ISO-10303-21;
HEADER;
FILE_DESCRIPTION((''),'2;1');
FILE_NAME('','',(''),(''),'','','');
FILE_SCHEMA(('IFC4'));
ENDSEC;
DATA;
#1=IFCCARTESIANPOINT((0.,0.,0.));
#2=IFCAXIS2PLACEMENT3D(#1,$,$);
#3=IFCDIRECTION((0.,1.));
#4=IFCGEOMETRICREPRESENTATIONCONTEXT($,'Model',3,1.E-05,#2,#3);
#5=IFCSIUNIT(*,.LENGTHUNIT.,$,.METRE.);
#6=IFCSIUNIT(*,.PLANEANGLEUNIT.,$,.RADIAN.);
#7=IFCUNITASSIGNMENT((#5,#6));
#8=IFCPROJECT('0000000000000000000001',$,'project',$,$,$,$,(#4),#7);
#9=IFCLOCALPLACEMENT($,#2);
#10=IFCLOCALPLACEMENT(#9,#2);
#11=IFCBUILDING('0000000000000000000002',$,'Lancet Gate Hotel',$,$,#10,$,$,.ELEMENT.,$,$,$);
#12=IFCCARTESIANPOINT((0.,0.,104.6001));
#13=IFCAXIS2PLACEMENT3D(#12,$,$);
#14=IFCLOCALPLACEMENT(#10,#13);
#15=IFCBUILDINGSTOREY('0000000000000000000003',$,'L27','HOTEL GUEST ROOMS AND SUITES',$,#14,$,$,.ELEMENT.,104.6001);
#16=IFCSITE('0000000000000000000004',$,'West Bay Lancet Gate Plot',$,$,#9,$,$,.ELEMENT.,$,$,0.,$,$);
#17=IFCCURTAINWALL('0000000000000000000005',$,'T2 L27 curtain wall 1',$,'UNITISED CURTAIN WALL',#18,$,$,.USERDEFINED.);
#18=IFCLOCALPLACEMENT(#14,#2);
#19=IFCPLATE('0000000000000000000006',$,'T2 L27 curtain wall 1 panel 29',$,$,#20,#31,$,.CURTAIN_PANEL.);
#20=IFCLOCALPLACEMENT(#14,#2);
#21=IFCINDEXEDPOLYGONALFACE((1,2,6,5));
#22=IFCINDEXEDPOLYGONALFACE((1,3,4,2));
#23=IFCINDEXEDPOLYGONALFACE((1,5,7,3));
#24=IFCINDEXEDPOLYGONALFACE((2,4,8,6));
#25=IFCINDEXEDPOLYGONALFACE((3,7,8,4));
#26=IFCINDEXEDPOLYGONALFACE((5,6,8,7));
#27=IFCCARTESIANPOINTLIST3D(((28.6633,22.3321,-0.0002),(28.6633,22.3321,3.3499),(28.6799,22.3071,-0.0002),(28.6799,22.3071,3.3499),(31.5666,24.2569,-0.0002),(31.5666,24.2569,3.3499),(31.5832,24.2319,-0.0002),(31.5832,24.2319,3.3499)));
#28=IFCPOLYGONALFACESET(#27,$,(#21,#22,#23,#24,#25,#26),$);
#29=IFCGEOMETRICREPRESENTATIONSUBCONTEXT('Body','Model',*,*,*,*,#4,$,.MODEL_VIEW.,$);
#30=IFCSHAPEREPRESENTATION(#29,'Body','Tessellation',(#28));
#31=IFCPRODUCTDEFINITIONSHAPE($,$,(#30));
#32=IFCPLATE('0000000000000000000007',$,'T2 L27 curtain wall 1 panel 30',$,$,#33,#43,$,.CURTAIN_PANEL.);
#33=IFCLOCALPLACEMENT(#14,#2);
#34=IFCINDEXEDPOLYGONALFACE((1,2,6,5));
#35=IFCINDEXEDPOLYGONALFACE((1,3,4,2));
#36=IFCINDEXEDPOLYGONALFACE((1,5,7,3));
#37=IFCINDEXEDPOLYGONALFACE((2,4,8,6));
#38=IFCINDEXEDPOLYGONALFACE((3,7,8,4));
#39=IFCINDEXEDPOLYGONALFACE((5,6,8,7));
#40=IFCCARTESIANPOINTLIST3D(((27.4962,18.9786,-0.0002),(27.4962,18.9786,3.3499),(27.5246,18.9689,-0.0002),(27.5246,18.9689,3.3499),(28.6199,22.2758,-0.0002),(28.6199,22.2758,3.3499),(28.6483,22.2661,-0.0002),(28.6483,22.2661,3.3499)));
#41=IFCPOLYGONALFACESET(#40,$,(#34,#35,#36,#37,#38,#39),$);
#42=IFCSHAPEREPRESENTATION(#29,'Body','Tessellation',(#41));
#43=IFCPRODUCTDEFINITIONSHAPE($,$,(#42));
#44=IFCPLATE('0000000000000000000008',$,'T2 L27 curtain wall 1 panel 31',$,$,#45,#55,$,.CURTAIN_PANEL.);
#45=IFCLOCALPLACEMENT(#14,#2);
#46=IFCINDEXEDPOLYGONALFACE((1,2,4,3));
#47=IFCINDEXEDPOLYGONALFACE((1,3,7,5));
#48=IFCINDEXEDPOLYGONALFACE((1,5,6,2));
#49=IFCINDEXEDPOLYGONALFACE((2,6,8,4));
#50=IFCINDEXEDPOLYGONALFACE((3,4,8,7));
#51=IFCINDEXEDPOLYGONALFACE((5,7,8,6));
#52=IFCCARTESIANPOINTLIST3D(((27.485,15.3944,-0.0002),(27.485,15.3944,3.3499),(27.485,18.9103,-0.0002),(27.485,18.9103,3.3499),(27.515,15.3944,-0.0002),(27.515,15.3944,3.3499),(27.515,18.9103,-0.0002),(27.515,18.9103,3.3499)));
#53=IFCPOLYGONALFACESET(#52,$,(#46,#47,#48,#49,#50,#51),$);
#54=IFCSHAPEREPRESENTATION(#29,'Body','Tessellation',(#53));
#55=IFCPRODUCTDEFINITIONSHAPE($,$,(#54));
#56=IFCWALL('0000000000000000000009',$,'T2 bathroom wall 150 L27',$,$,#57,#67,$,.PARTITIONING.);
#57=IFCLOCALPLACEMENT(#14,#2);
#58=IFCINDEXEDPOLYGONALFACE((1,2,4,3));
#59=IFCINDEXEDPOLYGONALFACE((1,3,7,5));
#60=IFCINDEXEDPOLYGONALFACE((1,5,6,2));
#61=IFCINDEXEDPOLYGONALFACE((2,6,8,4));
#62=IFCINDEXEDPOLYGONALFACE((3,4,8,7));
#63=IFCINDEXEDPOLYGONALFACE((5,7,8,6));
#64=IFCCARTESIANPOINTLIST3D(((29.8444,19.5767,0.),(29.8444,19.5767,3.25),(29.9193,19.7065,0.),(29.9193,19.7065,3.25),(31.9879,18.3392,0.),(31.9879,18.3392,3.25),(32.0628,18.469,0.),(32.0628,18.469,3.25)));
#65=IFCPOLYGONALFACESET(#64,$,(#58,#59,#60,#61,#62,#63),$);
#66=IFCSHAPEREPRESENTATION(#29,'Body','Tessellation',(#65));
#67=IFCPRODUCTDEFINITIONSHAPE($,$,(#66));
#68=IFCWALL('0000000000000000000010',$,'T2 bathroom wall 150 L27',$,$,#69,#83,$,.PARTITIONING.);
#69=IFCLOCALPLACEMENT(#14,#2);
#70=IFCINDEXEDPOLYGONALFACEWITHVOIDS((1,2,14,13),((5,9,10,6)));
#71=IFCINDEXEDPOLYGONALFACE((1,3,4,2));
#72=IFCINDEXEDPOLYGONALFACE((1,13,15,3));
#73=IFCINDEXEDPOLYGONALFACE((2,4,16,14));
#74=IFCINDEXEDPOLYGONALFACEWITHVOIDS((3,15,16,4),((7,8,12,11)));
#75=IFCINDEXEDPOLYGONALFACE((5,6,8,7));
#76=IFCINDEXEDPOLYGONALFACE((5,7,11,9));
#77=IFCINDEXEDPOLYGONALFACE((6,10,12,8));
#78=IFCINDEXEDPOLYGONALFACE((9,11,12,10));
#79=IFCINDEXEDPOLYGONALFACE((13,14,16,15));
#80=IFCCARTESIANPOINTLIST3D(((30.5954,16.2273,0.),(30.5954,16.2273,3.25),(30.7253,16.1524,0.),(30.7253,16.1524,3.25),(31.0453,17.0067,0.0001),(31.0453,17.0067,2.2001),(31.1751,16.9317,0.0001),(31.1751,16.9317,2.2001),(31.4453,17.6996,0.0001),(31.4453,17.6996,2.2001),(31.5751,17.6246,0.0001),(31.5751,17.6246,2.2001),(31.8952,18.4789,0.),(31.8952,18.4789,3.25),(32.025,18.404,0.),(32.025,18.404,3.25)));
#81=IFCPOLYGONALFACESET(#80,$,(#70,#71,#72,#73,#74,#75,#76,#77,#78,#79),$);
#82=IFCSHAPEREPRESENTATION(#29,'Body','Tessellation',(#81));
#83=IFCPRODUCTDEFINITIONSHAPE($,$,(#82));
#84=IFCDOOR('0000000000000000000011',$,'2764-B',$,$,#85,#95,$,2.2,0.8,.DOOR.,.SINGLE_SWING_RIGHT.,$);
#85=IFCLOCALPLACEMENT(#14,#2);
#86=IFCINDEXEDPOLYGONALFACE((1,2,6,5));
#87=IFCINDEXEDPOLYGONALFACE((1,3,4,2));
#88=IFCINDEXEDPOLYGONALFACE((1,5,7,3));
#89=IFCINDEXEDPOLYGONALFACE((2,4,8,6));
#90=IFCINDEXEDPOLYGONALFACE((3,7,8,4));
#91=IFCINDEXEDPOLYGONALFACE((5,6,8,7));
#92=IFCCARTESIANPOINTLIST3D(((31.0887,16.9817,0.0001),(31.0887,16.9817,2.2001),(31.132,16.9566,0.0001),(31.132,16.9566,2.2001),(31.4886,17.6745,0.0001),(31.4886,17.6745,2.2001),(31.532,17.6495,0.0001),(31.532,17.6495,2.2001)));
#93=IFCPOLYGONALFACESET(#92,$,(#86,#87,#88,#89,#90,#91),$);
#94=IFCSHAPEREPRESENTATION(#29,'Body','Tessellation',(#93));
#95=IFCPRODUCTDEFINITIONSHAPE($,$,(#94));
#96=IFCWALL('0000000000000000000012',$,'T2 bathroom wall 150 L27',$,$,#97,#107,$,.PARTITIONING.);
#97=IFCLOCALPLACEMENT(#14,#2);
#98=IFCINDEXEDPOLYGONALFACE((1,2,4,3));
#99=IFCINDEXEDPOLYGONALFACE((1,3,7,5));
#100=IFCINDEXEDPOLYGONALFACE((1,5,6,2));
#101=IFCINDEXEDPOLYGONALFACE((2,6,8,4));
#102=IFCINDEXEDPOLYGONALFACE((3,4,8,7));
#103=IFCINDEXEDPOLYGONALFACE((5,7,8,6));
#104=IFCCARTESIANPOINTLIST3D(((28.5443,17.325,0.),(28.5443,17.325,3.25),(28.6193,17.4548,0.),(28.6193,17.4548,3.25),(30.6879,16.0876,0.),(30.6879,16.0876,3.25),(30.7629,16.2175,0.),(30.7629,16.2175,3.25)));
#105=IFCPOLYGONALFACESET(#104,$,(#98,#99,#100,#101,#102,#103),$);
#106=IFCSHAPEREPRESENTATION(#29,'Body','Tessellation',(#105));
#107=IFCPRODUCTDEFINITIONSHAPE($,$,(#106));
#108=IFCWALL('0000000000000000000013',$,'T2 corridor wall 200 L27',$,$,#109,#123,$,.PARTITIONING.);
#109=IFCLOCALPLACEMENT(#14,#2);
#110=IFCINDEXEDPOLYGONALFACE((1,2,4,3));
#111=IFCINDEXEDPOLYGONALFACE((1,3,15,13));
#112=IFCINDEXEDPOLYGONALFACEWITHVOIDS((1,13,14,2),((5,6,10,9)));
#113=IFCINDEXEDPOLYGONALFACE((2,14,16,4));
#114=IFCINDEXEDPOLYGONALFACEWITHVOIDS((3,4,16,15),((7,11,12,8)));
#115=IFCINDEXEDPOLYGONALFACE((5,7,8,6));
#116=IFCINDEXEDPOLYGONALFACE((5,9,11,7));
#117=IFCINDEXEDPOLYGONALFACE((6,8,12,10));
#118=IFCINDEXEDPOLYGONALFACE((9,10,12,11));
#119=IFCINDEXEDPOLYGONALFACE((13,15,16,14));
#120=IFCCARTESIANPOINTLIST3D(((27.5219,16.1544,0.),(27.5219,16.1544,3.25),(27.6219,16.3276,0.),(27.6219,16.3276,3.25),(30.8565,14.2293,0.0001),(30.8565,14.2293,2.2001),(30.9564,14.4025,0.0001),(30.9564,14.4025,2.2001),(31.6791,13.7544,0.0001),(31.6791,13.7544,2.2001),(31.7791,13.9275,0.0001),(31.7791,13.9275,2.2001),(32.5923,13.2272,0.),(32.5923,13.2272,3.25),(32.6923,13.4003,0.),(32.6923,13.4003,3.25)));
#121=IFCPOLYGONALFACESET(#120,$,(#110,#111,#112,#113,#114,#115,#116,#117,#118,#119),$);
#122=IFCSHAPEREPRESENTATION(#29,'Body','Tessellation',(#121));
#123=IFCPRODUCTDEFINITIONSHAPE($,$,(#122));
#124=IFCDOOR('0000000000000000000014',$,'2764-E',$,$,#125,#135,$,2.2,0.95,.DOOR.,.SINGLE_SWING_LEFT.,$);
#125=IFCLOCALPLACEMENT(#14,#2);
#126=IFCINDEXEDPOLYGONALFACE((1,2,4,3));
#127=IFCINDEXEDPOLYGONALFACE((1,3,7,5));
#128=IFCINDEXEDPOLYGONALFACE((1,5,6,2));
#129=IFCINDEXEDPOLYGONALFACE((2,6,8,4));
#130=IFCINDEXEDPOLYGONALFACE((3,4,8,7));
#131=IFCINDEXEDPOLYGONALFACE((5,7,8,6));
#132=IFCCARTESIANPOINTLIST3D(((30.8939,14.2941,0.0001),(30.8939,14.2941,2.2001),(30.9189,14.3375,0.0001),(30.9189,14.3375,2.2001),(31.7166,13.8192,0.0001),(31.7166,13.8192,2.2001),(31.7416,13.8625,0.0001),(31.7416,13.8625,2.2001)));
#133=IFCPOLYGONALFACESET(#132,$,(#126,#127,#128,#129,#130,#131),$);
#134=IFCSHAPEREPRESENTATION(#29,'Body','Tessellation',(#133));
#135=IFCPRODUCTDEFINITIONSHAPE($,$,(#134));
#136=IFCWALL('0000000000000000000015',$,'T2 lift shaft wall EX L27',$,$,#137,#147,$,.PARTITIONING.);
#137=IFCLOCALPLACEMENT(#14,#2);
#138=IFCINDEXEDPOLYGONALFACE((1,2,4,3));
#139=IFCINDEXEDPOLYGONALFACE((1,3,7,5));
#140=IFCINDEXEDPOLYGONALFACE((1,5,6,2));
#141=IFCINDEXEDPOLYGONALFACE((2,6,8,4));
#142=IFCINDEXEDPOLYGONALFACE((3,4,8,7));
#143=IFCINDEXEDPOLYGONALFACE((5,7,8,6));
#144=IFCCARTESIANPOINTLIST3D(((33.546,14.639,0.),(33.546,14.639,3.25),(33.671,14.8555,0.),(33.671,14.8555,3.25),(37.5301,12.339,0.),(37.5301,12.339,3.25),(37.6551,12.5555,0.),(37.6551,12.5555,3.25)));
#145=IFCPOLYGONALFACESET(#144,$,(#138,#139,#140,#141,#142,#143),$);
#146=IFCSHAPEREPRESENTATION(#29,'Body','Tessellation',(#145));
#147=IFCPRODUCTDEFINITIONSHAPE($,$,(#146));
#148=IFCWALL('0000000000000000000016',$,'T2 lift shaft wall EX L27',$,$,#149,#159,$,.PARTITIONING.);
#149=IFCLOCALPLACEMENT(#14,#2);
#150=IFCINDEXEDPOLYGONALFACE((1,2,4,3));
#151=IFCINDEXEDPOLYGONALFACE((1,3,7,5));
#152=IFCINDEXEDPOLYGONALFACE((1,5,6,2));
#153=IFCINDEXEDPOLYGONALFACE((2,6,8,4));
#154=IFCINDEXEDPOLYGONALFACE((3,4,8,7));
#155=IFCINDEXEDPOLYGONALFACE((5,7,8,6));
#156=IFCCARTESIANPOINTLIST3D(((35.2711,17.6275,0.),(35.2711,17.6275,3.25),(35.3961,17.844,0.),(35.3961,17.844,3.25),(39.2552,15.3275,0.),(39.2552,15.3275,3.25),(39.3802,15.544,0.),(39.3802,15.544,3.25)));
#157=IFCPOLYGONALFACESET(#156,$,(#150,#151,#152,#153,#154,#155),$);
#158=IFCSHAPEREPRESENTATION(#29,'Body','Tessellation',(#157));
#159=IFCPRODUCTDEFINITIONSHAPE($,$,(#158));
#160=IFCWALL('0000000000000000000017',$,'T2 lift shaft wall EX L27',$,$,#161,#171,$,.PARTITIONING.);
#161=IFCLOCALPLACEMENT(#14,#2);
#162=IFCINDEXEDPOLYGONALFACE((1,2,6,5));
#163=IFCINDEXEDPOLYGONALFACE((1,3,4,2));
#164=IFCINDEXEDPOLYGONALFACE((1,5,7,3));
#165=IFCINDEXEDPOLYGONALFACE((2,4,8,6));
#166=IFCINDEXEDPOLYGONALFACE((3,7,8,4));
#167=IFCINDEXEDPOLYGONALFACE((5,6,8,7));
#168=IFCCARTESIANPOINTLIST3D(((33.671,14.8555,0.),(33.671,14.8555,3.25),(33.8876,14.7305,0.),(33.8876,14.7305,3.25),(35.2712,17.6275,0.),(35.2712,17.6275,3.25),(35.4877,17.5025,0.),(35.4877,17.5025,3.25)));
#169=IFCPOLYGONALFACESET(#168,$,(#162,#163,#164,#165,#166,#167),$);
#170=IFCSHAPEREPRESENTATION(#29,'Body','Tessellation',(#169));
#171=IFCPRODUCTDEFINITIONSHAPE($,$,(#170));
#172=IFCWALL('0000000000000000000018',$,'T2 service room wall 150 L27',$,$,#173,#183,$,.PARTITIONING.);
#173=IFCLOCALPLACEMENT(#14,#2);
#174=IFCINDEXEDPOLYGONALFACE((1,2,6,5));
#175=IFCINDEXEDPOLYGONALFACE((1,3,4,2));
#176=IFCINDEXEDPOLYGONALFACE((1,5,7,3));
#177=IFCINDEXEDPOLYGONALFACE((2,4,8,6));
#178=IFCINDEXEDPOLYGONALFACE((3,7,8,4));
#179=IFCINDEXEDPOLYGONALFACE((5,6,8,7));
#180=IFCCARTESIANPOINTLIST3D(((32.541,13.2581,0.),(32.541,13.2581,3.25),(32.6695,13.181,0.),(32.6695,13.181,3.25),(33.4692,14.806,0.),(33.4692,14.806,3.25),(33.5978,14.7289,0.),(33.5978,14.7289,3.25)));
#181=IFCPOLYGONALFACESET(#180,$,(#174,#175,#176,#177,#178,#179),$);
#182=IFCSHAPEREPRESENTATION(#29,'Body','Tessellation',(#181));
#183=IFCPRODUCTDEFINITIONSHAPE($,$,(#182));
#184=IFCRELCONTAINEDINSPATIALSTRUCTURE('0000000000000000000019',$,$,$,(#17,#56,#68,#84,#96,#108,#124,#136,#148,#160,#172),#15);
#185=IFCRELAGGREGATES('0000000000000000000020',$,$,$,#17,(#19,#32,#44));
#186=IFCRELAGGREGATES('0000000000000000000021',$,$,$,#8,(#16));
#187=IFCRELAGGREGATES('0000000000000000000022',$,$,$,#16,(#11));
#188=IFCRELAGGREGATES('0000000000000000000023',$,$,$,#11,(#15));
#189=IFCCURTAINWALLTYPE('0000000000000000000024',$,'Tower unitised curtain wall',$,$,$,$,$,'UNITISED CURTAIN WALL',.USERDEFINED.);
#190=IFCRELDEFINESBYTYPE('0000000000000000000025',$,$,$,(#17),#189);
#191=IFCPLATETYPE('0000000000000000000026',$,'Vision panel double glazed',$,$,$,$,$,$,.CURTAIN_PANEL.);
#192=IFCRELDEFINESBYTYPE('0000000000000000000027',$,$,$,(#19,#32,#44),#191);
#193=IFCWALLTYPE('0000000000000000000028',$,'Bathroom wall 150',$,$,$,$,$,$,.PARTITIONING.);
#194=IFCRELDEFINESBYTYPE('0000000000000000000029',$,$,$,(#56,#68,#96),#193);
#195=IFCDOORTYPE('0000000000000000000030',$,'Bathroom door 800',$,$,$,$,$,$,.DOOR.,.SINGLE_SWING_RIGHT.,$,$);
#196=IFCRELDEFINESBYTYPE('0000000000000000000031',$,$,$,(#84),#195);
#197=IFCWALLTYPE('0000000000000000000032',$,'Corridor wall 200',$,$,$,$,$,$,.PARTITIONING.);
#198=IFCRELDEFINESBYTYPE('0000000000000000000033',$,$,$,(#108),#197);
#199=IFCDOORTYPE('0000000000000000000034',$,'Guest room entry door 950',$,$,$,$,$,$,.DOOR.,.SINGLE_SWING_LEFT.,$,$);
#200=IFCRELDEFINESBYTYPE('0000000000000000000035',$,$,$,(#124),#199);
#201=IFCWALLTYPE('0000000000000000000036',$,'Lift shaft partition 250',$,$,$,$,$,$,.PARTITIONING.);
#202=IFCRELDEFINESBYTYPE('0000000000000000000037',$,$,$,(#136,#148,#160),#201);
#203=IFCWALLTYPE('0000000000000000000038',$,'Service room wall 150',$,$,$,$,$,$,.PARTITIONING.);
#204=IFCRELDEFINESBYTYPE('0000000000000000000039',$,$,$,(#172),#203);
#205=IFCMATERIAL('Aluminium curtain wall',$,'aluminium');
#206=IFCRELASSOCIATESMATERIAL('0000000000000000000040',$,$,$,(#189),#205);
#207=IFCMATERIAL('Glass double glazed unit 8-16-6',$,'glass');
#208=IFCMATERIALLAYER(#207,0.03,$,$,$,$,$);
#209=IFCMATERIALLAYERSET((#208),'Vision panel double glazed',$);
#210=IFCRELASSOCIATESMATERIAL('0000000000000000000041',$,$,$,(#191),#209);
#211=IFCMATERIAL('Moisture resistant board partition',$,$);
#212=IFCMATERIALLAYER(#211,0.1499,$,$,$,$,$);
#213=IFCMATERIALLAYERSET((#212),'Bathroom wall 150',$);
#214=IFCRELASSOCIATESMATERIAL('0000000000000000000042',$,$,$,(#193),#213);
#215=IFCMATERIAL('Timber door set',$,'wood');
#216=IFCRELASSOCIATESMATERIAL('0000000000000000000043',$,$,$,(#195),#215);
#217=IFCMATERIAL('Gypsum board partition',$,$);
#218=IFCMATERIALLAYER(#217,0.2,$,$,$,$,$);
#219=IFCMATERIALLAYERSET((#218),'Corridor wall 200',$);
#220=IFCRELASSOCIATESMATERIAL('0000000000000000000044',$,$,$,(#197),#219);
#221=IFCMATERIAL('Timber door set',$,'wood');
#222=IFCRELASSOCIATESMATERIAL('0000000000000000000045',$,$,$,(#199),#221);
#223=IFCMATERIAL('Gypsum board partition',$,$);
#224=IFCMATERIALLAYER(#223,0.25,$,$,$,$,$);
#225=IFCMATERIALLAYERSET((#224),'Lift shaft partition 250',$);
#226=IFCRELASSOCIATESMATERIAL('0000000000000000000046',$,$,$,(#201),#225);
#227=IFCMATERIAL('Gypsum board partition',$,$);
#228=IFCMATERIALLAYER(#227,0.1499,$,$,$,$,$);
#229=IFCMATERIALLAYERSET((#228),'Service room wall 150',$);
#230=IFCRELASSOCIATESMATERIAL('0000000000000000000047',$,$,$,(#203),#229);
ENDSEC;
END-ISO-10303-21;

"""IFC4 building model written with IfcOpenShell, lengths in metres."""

from ifc_helpers import new_model, si_unit, direction, frame, frame_2d, origin, origin_2d, place, context, subcontext, project, spatial, rectangle, extrude, material, layer, layer_set, type_object, element, fill, aggregate, save


model = new_model("IFC4")

# Units and contexts
model_context = context("Model", 3, precision=1e-05, world=origin(), true_north=direction((0.0, 1.0)))
body_context = subcontext(model_context, "Body", "Model", "MODEL_VIEW")
ifc_project = project(units=[si_unit("LENGTHUNIT", "METRE"), si_unit("PLANEANGLEUNIT", "RADIAN")], contexts=[model_context])

# Site, building, storey
site_placement = place(None, origin())
site = spatial("IfcSite", under=ifc_project, at=site_placement, Name="West Bay Lancet Gate Plot", CompositionType="ELEMENT", RefElevation=0.0)
building_placement = place(site_placement, origin())
building = spatial("IfcBuilding", under=site, at=building_placement, Name="Lancet Gate Hotel", CompositionType="ELEMENT")
storey_placement = place(building_placement, frame((0.0, 0.0, 104.6001)))
storey = spatial("IfcBuildingStorey", under=building, at=storey_placement, Name="L27", Description="HOTEL GUEST ROOMS AND SUITES", CompositionType="ELEMENT", Elevation=104.6001)

# Curtain wall
ifc_material_1 = material(Name="Aluminium curtain wall", Category="aluminium")
curtain_wall_type = type_object("IfcCurtainWallType", Name="Tower unitised curtain wall", ElementType="UNITISED CURTAIN WALL", PredefinedType="USERDEFINED", material=ifc_material_1)
curtain_wall_placement = place(storey_placement, origin())
curtain_wall = element("IfcCurtainWall", 1, at=curtain_wall_placement, inside=storey, type_object=curtain_wall_type, Name="T2 L27 curtain wall 1", ObjectType="UNITISED CURTAIN WALL", PredefinedType="USERDEFINED")

# Plates
ifc_material_2 = material(Name="Glass double glazed unit 8-16-6", Category="glass")
ifc_layer_1 = layer(ifc_material_2, 0.03)
ifc_layer_set_1 = layer_set([ifc_layer_1], Name="Vision panel double glazed")
plate_type = type_object("IfcPlateType", Name="Vision panel double glazed", PredefinedType="CURTAIN_PANEL", material=ifc_layer_set_1)
plate_1_placement = place(storey_placement, frame((30.1233, 23.282, -0.0002), z_axis=(0.0, 0.0, 1.0), x_axis=(-0.833465, -0.552573, 0.0)))
plate_1 = element("IfcPlate", 2, at=plate_1_placement, type_object=plate_type, Name="T2 L27 curtain wall 1 panel 29", PredefinedType="CURTAIN_PANEL", context=body_context, shape_type="SweptSolid", body=[
    extrude(rectangle(XDim=3.4834, YDim=0.03, at=origin_2d()), origin(), (0.0, 0.0, 1.0), 3.3501),
])
plate_2_placement = place(storey_placement, frame((28.0723, 20.6223, -0.0002), z_axis=(0.0, 0.0, 1.0), x_axis=(-0.322576, -0.946544, 0.0)))
plate_2 = element("IfcPlate", 3, at=plate_2_placement, type_object=plate_type, Name="T2 L27 curtain wall 1 panel 30", PredefinedType="CURTAIN_PANEL", context=body_context, shape_type="SweptSolid", body=[
    extrude(rectangle(XDim=3.4834, YDim=0.03, at=origin_2d()), origin(), (0.0, 0.0, 1.0), 3.3501),
])
plate_3_placement = place(storey_placement, frame((27.5, 17.1523, -0.0002), z_axis=(0.0, 0.0, 1.0), x_axis=(0.0, -1.0, 0.0)))
plate_3 = element("IfcPlate", 4, at=plate_3_placement, type_object=plate_type, Name="T2 L27 curtain wall 1 panel 31", PredefinedType="CURTAIN_PANEL", context=body_context, shape_type="SweptSolid", body=[
    extrude(rectangle(XDim=3.5159, YDim=0.03, at=origin_2d()), origin(), (0.0, 0.0, 1.0), 3.3501),
])
aggregate(curtain_wall, [plate_1, plate_2, plate_3])

# Wall
ifc_material_3 = material(Name="Moisture resistant board partition")
ifc_layer_2 = layer(ifc_material_3, 0.1499)
ifc_layer_set_2 = layer_set([ifc_layer_2], Name="Bathroom wall 150")
wall_type_1 = type_object("IfcWallType", Name="Bathroom wall 150", PredefinedType="PARTITIONING", material=ifc_layer_set_2)
wall_1_placement = place(storey_placement, frame((29.8818, 19.6416, 0.0), z_axis=(0.0, 0.0, 1.0), x_axis=(0.866031, -0.49999, 0.0)))
element("IfcWall", 5, at=wall_1_placement, inside=storey, type_object=wall_type_1, Name="T2 bathroom wall 150 L27", PredefinedType="PARTITIONING", context=body_context, shape_type="SweptSolid", body=[
    extrude(rectangle(XDim=2.4751, YDim=0.1499, at=frame_2d((1.2375, 0.0))), origin(), (0.0, 0.0, 1.0), 3.25),
])

# Wall, opening, door
wall_2_placement = place(storey_placement, frame((30.6604, 16.1899, 0.0), z_axis=(0.0, 0.0, 1.0), x_axis=(0.499937, 0.866062, 0.0)))
wall_2 = element("IfcWall", 6, at=wall_2_placement, inside=storey, type_object=wall_type_1, Name="T2 bathroom wall 150 L27", PredefinedType="PARTITIONING", context=body_context, shape_type="SweptSolid", body=[
    extrude(rectangle(XDim=2.5999, YDim=0.1499, at=frame_2d((1.2998, 0.0))), origin(), (0.0, 0.0, 1.0), 3.25),
])
opening_1_placement = place(wall_2_placement, frame((0.8999, 0.0, 0.0)))
opening_1 = element("IfcOpeningElement", 7, at=opening_1_placement, cuts=wall_2, PredefinedType="OPENING", context=body_context, shape_type="SweptSolid", body=[
    extrude(rectangle(XDim=0.8, YDim=2.2, at=frame_2d((0.3999, 1.1001))), frame((0.0, 0.085, 0.0), z_axis=(0.0, -1.0, 0.0), x_axis=(1.0, 0.0, 0.0)), (0.0, 0.0, 1.0), 0.1699),
])
ifc_material_4 = material(Name="Timber door set", Category="wood")
door_type_1 = type_object("IfcDoorType", Name="Bathroom door 800", OperationType="SINGLE_SWING_RIGHT", PredefinedType="DOOR", material=ifc_material_4)
door_1_placement = place(opening_1_placement, origin())
door_1 = element("IfcDoor", 8, at=door_1_placement, inside=storey, type_object=door_type_1, Name="2764-B", OperationType="SINGLE_SWING_RIGHT", OverallHeight=2.2, OverallWidth=0.8, PredefinedType="DOOR", context=body_context, shape_type="SweptSolid", body=[
    extrude(rectangle(XDim=0.8, YDim=2.2, at=frame_2d((0.3999, 1.1001))), frame((0.0, 0.0249, 0.0), z_axis=(0.0, -1.0, 0.0), x_axis=(1.0, 0.0, 0.0)), (0.0, 0.0, 1.0), 0.05),
])
fill(opening_1, door_1)

# Wall
wall_3_placement = place(storey_placement, frame((28.5818, 17.3899, 0.0), z_axis=(0.0, 0.0, 1.0), x_axis=(0.866074, -0.499916, 0.0)))
element("IfcWall", 9, at=wall_3_placement, inside=storey, type_object=wall_type_1, Name="T2 bathroom wall 150 L27", PredefinedType="PARTITIONING", context=body_context, shape_type="SweptSolid", body=[
    extrude(rectangle(XDim=2.4751, YDim=0.1499, at=frame_2d((1.2375, 0.0))), origin(), (0.0, 0.0, 1.0), 3.25),
])

# Wall, opening, door
ifc_material_5 = material(Name="Gypsum board partition")
ifc_layer_3 = layer(ifc_material_5, 0.2)
ifc_layer_set_3 = layer_set([ifc_layer_3], Name="Corridor wall 200")
wall_type_2 = type_object("IfcWallType", Name="Corridor wall 200", PredefinedType="PARTITIONING", material=ifc_layer_set_3)
wall_4_placement = place(storey_placement, frame((27.572, 16.241, 0.0), z_axis=(0.0, 0.0, 1.0), x_axis=(0.866033, -0.499987, 0.0)))
wall_4 = element("IfcWall", 10, at=wall_4_placement, inside=storey, type_object=wall_type_2, Name="T2 corridor wall 200 L27", PredefinedType="PARTITIONING", context=body_context, shape_type="SweptSolid", body=[
    extrude(rectangle(XDim=5.8547, YDim=0.2, at=frame_2d((2.9272, 0.0))), origin(), (0.0, 0.0, 1.0), 3.25),
])
opening_2_placement = place(wall_4_placement, frame((3.8501, 0.0, 0.0)))
opening_2 = element("IfcOpeningElement", 11, at=opening_2_placement, cuts=wall_4, PredefinedType="OPENING", context=body_context, shape_type="SweptSolid", body=[
    extrude(rectangle(XDim=0.95, YDim=2.2, at=frame_2d((0.4751, 1.1001))), frame((0.0, 0.1099, 0.0), z_axis=(0.0, -1.0, 0.0), x_axis=(1.0, 0.0, 0.0)), (0.0, 0.0, 1.0), 0.22),
])
ifc_material_6 = material(Name="Timber door set", Category="wood")
door_type_2 = type_object("IfcDoorType", Name="Guest room entry door 950", OperationType="SINGLE_SWING_LEFT", PredefinedType="DOOR", material=ifc_material_6)
door_2_placement = place(opening_2_placement, origin())
door_2 = element("IfcDoor", 12, at=door_2_placement, inside=storey, type_object=door_type_2, Name="2764-E", OperationType="SINGLE_SWING_LEFT", OverallHeight=2.2, OverallWidth=0.95, PredefinedType="DOOR", context=body_context, shape_type="SweptSolid", body=[
    extrude(rectangle(XDim=0.95, YDim=2.2, at=frame_2d((0.4751, 1.1001))), frame((0.0, 0.0249, 0.0), z_axis=(0.0, -1.0, 0.0), x_axis=(1.0, 0.0, 0.0)), (0.0, 0.0, 1.0), 0.05),
])
fill(opening_2, door_2)

# Walls
ifc_material_7 = material(Name="Gypsum board partition")
ifc_layer_4 = layer(ifc_material_7, 0.25)
ifc_layer_set_4 = layer_set([ifc_layer_4], Name="Lift shaft partition 250")
wall_type_3 = type_object("IfcWallType", Name="Lift shaft partition 250", PredefinedType="PARTITIONING", material=ifc_layer_set_4)
for number, where, z_axis, x_axis, name in (
    (13, (33.6084, 14.7473, 0.0), (0.0, 0.0, 1.0), (0.866043, -0.499969, 0.0), "T2 lift shaft wall EX L27"),
    (14, (35.3335, 17.7358, 0.0), (0.0, 0.0, 1.0), (0.866043, -0.499969, 0.0), "T2 lift shaft wall EX L27"),
):
    element("IfcWall", number, at=place(storey_placement, frame(where, z_axis=z_axis, x_axis=x_axis)), inside=storey, type_object=wall_type_3, Name=name, PredefinedType="PARTITIONING", context=body_context, shape_type="SweptSolid", body=[
        extrude(rectangle(XDim=4.6003, YDim=0.25, at=frame_2d((2.3003, 0.0))), origin(), (0.0, 0.0, 1.0), 3.25),
    ])
wall_5_placement = place(storey_placement, frame((33.7793, 14.793, 0.0), z_axis=(0.0, 0.0, 1.0), x_axis=(0.499929, 0.866066, 0.0)))
element("IfcWall", 15, at=wall_5_placement, inside=storey, type_object=wall_type_3, Name="T2 lift shaft wall EX L27", PredefinedType="PARTITIONING", context=body_context, shape_type="SweptSolid", body=[
    extrude(rectangle(XDim=3.2007, YDim=0.25, at=frame_2d((1.6003, 0.0))), origin(), (0.0, 0.0, 1.0), 3.25),
])
ifc_material_8 = material(Name="Gypsum board partition")
ifc_layer_5 = layer(ifc_material_8, 0.1499)
ifc_layer_set_5 = layer_set([ifc_layer_5], Name="Service room wall 150")
wall_type_4 = type_object("IfcWallType", Name="Service room wall 150", PredefinedType="PARTITIONING", material=ifc_layer_set_5)
wall_6_placement = place(storey_placement, frame((33.5334, 14.7673, 0.0), z_axis=(0.0, 0.0, 1.0), x_axis=(-0.514297, -0.857612, 0.0)))
element("IfcWall", 16, at=wall_6_placement, inside=storey, type_object=wall_type_4, Name="T2 service room wall 150 L27", PredefinedType="PARTITIONING", context=body_context, shape_type="SweptSolid", body=[
    extrude(rectangle(XDim=1.8049, YDim=0.1499, at=frame_2d((0.9023, 0.0))), origin(), (0.0, 0.0, 1.0), 3.25),
])

save(model, "model.ifc")
